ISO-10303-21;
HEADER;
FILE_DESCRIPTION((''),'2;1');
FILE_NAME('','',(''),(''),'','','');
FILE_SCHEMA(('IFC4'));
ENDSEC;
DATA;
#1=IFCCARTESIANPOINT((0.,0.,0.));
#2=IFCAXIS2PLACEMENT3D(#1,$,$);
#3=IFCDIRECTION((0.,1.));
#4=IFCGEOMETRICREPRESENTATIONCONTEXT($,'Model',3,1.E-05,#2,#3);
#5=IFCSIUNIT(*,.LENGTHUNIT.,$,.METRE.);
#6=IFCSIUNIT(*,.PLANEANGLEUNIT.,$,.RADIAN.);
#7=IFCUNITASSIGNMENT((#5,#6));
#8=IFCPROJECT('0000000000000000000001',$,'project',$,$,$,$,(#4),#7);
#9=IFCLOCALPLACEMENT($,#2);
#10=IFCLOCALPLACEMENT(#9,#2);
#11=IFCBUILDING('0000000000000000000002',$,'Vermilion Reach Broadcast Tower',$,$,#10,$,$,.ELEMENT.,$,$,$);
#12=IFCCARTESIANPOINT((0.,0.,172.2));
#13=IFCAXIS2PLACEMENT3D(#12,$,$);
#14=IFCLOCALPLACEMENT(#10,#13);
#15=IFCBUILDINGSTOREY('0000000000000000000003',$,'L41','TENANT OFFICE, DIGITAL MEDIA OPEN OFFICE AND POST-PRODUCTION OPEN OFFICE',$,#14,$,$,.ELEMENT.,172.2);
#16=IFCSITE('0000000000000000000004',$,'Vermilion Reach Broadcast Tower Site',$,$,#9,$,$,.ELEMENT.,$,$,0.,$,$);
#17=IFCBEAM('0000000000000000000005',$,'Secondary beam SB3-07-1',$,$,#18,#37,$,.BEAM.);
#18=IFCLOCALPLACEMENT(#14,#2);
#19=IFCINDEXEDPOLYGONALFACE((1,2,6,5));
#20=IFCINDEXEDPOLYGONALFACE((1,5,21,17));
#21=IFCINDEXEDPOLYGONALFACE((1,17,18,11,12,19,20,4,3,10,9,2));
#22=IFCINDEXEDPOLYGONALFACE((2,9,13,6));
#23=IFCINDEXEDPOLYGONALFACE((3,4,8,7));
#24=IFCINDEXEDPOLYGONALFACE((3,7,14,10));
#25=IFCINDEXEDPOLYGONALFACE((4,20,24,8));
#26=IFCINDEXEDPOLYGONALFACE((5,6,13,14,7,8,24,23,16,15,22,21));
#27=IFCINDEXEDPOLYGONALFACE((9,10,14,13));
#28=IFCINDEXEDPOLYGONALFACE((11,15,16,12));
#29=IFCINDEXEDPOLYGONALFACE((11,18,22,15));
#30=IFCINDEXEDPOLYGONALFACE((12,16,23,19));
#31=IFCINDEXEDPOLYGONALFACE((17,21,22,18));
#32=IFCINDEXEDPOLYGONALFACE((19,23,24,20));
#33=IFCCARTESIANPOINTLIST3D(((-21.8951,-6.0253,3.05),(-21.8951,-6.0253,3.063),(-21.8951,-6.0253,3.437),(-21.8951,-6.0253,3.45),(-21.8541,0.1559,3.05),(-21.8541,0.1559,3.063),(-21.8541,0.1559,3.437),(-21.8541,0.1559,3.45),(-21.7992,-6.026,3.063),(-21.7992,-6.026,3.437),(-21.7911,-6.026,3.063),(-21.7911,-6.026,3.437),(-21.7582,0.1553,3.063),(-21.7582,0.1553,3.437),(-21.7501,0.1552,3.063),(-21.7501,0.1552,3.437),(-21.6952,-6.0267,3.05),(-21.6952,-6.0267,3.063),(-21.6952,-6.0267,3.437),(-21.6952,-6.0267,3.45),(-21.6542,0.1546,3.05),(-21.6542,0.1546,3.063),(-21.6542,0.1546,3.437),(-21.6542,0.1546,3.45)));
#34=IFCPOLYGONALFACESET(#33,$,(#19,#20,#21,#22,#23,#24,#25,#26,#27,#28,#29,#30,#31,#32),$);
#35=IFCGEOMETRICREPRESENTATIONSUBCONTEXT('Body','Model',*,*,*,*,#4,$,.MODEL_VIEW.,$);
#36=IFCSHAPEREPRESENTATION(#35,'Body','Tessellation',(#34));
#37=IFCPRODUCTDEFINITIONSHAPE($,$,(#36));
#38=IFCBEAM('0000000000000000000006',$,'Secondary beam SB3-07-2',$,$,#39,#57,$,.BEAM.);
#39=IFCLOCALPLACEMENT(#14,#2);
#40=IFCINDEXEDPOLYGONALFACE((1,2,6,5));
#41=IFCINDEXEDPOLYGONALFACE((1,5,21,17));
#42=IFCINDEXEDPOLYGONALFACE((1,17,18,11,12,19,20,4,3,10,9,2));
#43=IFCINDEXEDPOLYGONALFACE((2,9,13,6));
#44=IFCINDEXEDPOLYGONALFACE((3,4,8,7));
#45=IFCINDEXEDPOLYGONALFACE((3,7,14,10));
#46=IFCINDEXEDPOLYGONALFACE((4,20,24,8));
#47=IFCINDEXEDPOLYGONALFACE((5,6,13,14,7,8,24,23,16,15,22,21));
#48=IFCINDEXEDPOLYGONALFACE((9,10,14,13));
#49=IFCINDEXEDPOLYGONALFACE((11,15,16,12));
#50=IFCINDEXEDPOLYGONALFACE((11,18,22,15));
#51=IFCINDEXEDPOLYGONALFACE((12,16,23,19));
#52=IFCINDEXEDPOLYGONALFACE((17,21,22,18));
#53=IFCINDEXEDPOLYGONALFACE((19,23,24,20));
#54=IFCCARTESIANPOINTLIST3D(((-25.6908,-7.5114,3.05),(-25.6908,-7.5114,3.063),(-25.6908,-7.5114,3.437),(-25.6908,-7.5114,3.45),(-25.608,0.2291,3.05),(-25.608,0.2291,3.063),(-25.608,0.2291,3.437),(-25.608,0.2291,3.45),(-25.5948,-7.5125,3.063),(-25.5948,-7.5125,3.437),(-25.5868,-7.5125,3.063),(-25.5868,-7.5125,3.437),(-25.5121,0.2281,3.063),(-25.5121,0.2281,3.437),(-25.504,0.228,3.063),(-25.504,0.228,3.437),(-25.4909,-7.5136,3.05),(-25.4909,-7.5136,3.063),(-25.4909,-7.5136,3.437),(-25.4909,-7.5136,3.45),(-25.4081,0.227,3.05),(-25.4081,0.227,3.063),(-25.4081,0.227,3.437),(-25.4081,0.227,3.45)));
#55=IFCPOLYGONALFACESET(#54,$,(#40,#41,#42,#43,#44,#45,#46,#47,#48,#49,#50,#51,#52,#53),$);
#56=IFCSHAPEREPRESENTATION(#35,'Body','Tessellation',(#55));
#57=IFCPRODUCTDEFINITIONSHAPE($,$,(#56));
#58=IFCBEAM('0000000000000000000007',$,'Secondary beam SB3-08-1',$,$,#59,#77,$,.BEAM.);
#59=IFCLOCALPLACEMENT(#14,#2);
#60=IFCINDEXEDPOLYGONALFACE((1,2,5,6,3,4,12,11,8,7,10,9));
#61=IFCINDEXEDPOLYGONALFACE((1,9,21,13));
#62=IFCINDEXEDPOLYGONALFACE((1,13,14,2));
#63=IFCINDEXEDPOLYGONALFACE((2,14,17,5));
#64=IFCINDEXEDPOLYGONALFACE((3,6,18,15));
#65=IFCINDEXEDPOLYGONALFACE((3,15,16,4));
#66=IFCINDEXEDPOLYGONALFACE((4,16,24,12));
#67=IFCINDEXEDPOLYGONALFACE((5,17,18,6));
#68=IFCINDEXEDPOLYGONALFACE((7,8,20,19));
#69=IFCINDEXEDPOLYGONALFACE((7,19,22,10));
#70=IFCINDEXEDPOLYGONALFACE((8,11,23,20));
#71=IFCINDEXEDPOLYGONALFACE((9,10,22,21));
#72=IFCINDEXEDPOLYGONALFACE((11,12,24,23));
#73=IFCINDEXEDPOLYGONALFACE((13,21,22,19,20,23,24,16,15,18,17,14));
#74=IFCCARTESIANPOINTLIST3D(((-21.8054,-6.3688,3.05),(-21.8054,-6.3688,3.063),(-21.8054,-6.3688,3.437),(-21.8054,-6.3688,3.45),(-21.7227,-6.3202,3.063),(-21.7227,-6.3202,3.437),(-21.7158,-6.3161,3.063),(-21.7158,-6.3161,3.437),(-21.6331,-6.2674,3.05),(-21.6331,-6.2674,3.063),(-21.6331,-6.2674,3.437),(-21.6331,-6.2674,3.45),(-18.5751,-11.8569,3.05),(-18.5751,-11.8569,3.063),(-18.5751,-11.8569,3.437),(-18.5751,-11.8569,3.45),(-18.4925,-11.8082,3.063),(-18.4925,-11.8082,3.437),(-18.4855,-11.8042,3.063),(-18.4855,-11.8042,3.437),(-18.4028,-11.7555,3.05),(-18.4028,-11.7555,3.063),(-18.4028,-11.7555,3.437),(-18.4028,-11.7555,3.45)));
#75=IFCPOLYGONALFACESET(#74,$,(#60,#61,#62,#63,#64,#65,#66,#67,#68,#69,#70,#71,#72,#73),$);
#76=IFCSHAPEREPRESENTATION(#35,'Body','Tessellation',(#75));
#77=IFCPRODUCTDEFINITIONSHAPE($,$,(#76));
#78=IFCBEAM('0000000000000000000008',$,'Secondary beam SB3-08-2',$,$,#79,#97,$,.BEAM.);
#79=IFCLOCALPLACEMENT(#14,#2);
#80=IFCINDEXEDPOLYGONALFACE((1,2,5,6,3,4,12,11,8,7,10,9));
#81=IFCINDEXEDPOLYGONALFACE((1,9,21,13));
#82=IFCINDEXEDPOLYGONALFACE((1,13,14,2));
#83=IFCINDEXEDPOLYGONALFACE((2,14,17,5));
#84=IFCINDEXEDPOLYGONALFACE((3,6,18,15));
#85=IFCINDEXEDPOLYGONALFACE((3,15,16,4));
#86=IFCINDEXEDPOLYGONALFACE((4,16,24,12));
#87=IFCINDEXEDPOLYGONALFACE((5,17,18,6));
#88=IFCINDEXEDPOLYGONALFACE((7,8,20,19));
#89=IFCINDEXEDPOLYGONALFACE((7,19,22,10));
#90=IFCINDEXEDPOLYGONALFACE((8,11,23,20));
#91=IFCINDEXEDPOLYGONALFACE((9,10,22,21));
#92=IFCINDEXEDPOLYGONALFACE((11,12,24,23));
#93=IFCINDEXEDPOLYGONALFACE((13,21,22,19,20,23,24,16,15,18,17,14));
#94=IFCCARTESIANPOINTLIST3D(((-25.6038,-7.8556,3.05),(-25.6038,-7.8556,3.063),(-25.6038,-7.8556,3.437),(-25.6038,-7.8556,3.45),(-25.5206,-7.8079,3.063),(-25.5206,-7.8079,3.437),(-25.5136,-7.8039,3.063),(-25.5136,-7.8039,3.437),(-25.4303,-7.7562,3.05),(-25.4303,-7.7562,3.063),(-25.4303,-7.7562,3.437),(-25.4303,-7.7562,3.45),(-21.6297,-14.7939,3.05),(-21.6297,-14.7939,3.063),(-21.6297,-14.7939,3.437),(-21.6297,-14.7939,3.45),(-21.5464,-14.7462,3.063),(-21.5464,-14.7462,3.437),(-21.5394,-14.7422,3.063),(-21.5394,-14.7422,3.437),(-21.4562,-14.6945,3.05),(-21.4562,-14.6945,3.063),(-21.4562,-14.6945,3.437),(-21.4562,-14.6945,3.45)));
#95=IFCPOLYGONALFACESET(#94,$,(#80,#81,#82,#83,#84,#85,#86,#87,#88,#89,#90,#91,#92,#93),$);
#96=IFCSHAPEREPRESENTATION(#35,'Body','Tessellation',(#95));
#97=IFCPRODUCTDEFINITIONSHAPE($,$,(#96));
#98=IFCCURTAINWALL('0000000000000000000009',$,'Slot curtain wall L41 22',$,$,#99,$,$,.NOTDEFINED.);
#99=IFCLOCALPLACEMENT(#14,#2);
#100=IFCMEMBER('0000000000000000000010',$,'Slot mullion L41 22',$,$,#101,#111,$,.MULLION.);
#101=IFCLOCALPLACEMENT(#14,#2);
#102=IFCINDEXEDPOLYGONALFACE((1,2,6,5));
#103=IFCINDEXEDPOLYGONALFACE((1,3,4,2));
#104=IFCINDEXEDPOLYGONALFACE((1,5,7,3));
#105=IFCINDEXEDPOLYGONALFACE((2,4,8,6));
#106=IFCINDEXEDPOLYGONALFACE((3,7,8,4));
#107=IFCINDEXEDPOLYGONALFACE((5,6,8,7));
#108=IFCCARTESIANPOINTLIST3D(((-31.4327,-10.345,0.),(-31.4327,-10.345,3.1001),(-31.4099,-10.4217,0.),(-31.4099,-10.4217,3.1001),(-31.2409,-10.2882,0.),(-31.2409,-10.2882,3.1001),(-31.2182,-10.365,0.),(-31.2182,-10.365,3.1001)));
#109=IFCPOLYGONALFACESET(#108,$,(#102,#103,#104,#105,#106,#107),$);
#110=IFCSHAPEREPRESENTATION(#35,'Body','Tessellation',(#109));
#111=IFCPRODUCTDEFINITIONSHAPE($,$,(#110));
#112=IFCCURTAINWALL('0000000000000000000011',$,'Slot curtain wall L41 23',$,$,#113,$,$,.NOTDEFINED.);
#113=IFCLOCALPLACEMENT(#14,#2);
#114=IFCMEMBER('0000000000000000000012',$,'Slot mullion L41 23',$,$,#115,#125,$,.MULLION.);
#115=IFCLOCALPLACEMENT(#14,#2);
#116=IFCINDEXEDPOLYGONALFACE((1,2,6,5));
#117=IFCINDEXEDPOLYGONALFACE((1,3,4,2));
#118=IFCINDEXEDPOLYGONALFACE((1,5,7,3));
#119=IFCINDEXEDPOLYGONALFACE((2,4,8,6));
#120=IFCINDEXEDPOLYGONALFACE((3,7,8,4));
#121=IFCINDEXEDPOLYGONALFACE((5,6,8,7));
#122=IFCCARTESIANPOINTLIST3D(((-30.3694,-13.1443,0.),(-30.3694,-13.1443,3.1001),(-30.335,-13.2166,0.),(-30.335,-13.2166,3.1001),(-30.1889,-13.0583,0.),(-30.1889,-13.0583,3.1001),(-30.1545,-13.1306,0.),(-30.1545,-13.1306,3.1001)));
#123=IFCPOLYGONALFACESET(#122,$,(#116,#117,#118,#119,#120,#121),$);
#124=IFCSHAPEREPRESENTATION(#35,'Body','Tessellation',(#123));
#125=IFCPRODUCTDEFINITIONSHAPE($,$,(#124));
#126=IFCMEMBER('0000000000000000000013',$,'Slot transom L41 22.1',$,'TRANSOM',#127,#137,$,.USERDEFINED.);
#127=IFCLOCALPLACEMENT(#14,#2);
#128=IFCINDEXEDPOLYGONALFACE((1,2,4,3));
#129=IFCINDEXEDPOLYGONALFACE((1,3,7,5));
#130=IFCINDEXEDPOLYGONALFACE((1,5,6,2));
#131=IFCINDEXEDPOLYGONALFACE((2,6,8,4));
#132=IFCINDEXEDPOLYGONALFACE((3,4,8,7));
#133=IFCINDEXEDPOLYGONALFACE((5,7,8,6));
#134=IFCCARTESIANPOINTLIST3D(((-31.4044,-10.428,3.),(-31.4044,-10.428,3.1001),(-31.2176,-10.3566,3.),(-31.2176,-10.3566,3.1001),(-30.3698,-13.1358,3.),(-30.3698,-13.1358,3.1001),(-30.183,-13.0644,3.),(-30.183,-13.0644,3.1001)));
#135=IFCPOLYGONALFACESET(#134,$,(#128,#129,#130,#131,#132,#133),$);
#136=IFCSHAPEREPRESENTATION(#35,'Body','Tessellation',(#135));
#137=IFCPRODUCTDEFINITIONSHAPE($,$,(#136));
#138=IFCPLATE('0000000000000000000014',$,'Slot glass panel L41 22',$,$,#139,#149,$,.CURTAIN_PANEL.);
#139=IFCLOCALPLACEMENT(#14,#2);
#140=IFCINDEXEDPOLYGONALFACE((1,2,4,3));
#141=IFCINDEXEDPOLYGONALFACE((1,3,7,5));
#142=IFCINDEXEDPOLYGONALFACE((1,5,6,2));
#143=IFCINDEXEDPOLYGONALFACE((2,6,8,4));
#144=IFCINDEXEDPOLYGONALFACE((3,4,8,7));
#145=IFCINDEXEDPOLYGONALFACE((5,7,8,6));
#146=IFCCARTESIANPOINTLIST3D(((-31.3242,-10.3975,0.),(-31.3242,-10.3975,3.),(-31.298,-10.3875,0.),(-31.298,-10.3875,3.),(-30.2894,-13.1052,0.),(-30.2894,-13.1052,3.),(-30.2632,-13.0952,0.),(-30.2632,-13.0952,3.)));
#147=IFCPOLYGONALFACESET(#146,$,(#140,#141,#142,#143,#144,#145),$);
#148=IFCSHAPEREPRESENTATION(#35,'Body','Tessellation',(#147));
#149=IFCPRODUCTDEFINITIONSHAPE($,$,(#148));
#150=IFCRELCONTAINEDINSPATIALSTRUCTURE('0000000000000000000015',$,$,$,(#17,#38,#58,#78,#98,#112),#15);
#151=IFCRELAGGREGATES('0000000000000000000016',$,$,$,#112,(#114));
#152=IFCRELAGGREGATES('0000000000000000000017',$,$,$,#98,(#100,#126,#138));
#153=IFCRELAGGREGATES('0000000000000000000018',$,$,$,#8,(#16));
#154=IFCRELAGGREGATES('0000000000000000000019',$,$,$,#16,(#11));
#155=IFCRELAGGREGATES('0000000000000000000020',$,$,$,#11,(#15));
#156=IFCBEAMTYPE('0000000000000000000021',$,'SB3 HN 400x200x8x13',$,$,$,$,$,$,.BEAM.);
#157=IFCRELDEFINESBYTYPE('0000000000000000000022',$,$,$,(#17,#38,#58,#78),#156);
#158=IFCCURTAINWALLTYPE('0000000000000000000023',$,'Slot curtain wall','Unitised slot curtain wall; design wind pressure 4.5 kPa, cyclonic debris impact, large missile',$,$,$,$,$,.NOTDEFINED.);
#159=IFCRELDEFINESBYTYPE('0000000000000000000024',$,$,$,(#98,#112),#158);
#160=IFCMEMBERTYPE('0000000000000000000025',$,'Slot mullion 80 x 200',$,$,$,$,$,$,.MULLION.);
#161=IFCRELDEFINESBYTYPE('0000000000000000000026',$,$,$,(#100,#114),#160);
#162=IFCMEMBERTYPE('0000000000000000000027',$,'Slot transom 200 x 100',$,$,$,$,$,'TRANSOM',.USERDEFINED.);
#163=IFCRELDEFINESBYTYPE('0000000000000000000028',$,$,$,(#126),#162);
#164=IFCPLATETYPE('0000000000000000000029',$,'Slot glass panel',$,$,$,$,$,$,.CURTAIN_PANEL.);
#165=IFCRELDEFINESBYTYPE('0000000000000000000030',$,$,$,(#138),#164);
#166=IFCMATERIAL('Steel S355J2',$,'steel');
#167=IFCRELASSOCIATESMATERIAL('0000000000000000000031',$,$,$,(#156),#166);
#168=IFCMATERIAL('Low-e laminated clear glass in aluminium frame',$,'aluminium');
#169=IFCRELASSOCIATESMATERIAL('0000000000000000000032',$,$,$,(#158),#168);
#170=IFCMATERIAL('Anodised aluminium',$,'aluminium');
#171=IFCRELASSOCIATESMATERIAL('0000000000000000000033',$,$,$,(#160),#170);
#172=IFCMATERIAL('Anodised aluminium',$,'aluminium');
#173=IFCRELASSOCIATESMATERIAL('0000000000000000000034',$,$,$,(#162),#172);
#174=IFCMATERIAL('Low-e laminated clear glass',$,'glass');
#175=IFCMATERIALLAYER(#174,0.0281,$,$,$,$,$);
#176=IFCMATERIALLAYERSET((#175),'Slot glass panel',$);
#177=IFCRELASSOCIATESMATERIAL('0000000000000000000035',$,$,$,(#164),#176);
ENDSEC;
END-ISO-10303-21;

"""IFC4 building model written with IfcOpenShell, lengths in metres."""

from ifc_helpers import new_model, si_unit, direction, frame, origin, origin_2d, place, context, subcontext, project, spatial, rectangle, i_section, extrude, material, layer, layer_set, material_profile, profile_set, type_object, element, aggregate, save


model = new_model("IFC4")

# Units and contexts
model_context = context("Model", 3, precision=1e-05, world=origin(), true_north=direction((0.0, 1.0)))
body_context = subcontext(model_context, "Body", "Model", "MODEL_VIEW")
ifc_project = project(units=[si_unit("LENGTHUNIT", "METRE"), si_unit("PLANEANGLEUNIT", "RADIAN")], contexts=[model_context])

# Site, building, storey
site_placement = place(None, origin())
site = spatial("IfcSite", under=ifc_project, at=site_placement, Name="Vermilion Reach Broadcast Tower Site", CompositionType="ELEMENT", RefElevation=0.0)
building_placement = place(site_placement, origin())
building = spatial("IfcBuilding", under=site, at=building_placement, Name="Vermilion Reach Broadcast Tower", CompositionType="ELEMENT")
storey_placement = place(building_placement, frame((0.0, 0.0, 172.2)))
storey = spatial("IfcBuildingStorey", under=building, at=storey_placement, Name="L41", Description="TENANT OFFICE, DIGITAL MEDIA OPEN OFFICE AND POST-PRODUCTION OPEN OFFICE", CompositionType="ELEMENT", Elevation=172.2)

# Beams
ifc_material_1 = material(Name="Steel S355J2", Category="steel")
ifc_material_profile_1 = material_profile(ifc_material_1, i_section(OverallWidth=0.2, OverallDepth=0.3999, WebThickness=0.0081, FlangeThickness=0.0129, at=origin_2d()), Name="S355J2 HN 400x200x8x13")
ifc_profile_set_1 = profile_set([ifc_material_profile_1], Name="Steel S355J2")
beam_type_1 = type_object("IfcBeamType", Name="SB3 HN 400x200x8x13", PredefinedType="BEAM", material=ifc_profile_set_1)
beam_1_placement = place(storey_placement, frame((-21.7542, 0.1553, 3.25), z_axis=(-0.006635, -0.999978, 0.0), x_axis=(0.999978, -0.006635, 0.0)))
element("IfcBeam", 1, at=beam_1_placement, inside=storey, type_object=beam_type_1, Name="Secondary beam SB3-07-1", PredefinedType="BEAM", context=body_context, shape_type="SweptSolid", body=[
    extrude(i_section(OverallWidth=0.2, OverallDepth=0.3999, WebThickness=0.0081, FlangeThickness=0.0129, at=origin_2d()), origin(), (0.0, 0.0, 1.0), 6.1814),
])
beam_2_placement = place(storey_placement, frame((-25.5081, 0.228, 3.25), z_axis=(-0.010692, -0.999943, 0.0), x_axis=(0.999943, -0.010692, 0.0)))
element("IfcBeam", 2, at=beam_2_placement, inside=storey, type_object=beam_type_1, Name="Secondary beam SB3-07-2", PredefinedType="BEAM", context=body_context, shape_type="SweptSolid", body=[
    extrude(i_section(OverallWidth=0.2, OverallDepth=0.3999, WebThickness=0.0081, FlangeThickness=0.0129, at=origin_2d()), origin(), (0.0, 0.0, 1.0), 7.741),
])
beam_3_placement = place(storey_placement, frame((-21.7192, -6.3181, 3.25), z_axis=(0.50725, -0.861799, 0.0), x_axis=(0.861799, 0.50725, 0.0)))
element("IfcBeam", 3, at=beam_3_placement, inside=storey, type_object=beam_type_1, Name="Secondary beam SB3-08-1", PredefinedType="BEAM", context=body_context, shape_type="SweptSolid", body=[
    extrude(i_section(OverallWidth=0.2, OverallDepth=0.3999, WebThickness=0.0081, FlangeThickness=0.0129, at=origin_2d()), origin(), (0.0, 0.0, 1.0), 6.3682),
])
beam_4_placement = place(storey_placement, frame((-25.5171, -7.8059, 3.25), z_axis=(0.497027, -0.867735, 0.0), x_axis=(0.867735, 0.497027, 0.0)))
element("IfcBeam", 4, at=beam_4_placement, inside=storey, type_object=beam_type_1, Name="Secondary beam SB3-08-2", PredefinedType="BEAM", context=body_context, shape_type="SweptSolid", body=[
    extrude(i_section(OverallWidth=0.2, OverallDepth=0.3999, WebThickness=0.0081, FlangeThickness=0.0129, at=origin_2d()), origin(), (0.0, 0.0, 1.0), 7.9958),
])

# Curtain walls, members
ifc_material_2 = material(Name="Low-e laminated clear glass in aluminium frame", Category="aluminium")
curtain_wall_type = type_object("IfcCurtainWallType", Name="Slot curtain wall", Description="Unitised slot curtain wall; design wind pressure 4.5 kPa, cyclonic debris impact, large missile", PredefinedType="NOTDEFINED", material=ifc_material_2)
placement = place(storey_placement, origin())
curtain_wall_1 = element("IfcCurtainWall", 5, at=placement, inside=storey, type_object=curtain_wall_type, Name="Slot curtain wall L41 22", PredefinedType="NOTDEFINED")
ifc_material_3 = material(Name="Anodised aluminium", Category="aluminium")
ifc_material_profile_2 = material_profile(ifc_material_3, rectangle(XDim=0.2, YDim=0.0801, at=origin_2d()), Name="Slot mullion 80 x 200")
ifc_profile_set_2 = profile_set([ifc_material_profile_2], Name="Anodised aluminium")
member_type_1 = type_object("IfcMemberType", Name="Slot mullion 80 x 200", PredefinedType="MULLION", material=ifc_profile_set_2)
member_1_placement = place(storey_placement, frame((-31.3254, -10.355, 0.0), z_axis=(0.0, 0.0, 1.0), x_axis=(0.958886, 0.28379, 0.0)))
member_1 = element("IfcMember", 6, at=member_1_placement, type_object=member_type_1, Name="Slot mullion L41 22", PredefinedType="MULLION", context=body_context, shape_type="SweptSolid", body=[
    extrude(rectangle(XDim=0.2, YDim=0.0801, at=origin_2d()), origin(), (0.0, 0.0, 1.0), 3.1001),
])
curtain_wall_2 = element("IfcCurtainWall", 7, at=placement, inside=storey, type_object=curtain_wall_type, Name="Slot curtain wall L41 23", PredefinedType="NOTDEFINED")
member_2_placement = place(storey_placement, frame((-30.262, -13.1375, 0.0), z_axis=(0.0, 0.0, 1.0), x_axis=(0.902952, 0.429741, 0.0)))
member_2 = element("IfcMember", 8, at=member_2_placement, type_object=member_type_1, Name="Slot mullion L41 23", PredefinedType="MULLION", context=body_context, shape_type="SweptSolid", body=[
    extrude(rectangle(XDim=0.2, YDim=0.0801, at=origin_2d()), origin(), (0.0, 0.0, 1.0), 3.1001),
])
aggregate(curtain_wall_2, [member_2])

# Member
ifc_material_4 = material(Name="Anodised aluminium", Category="aluminium")
ifc_material_profile_3 = material_profile(ifc_material_4, rectangle(XDim=0.2, YDim=0.1001, at=origin_2d()), Name="Slot transom 200 x 100")
ifc_profile_set_3 = profile_set([ifc_material_profile_3], Name="Anodised aluminium")
member_type_2 = type_object("IfcMemberType", Name="Slot transom 200 x 100", ElementType="TRANSOM", PredefinedType="USERDEFINED", material=ifc_profile_set_3)
member_3_placement = place(storey_placement, frame((-31.311, -10.3923, 3.05), z_axis=(0.356941, -0.934127, 0.0), x_axis=(0.934127, 0.356941, 0.0)))
member_3 = element("IfcMember", 9, at=member_3_placement, type_object=member_type_2, Name="Slot transom L41 22.1", ObjectType="TRANSOM", PredefinedType="USERDEFINED", context=body_context, shape_type="SweptSolid", body=[
    extrude(rectangle(XDim=0.2, YDim=0.1001, at=origin_2d()), origin(), (0.0, 0.0, 1.0), 2.8987),
])

# Plate
ifc_material_5 = material(Name="Low-e laminated clear glass", Category="glass")
ifc_layer_1 = layer(ifc_material_5, 0.0281)
ifc_layer_set_1 = layer_set([ifc_layer_1], Name="Slot glass panel")
plate_type = type_object("IfcPlateType", Name="Slot glass panel", PredefinedType="CURTAIN_PANEL", material=ifc_layer_set_1)
plate_placement = place(storey_placement, frame((-30.7937, -11.7463, 0.0), z_axis=(0.0, 0.0, 1.0), x_axis=(0.35699, -0.934108, 0.0)))
plate = element("IfcPlate", 10, at=plate_placement, type_object=plate_type, Name="Slot glass panel L41 22", PredefinedType="CURTAIN_PANEL", context=body_context, shape_type="SweptSolid", body=[
    extrude(rectangle(XDim=2.8987, YDim=0.0281, at=origin_2d()), origin(), (0.0, 0.0, 1.0), 3.0),
])
aggregate(curtain_wall_1, [member_1, member_3, plate])

save(model, "model.ifc")
